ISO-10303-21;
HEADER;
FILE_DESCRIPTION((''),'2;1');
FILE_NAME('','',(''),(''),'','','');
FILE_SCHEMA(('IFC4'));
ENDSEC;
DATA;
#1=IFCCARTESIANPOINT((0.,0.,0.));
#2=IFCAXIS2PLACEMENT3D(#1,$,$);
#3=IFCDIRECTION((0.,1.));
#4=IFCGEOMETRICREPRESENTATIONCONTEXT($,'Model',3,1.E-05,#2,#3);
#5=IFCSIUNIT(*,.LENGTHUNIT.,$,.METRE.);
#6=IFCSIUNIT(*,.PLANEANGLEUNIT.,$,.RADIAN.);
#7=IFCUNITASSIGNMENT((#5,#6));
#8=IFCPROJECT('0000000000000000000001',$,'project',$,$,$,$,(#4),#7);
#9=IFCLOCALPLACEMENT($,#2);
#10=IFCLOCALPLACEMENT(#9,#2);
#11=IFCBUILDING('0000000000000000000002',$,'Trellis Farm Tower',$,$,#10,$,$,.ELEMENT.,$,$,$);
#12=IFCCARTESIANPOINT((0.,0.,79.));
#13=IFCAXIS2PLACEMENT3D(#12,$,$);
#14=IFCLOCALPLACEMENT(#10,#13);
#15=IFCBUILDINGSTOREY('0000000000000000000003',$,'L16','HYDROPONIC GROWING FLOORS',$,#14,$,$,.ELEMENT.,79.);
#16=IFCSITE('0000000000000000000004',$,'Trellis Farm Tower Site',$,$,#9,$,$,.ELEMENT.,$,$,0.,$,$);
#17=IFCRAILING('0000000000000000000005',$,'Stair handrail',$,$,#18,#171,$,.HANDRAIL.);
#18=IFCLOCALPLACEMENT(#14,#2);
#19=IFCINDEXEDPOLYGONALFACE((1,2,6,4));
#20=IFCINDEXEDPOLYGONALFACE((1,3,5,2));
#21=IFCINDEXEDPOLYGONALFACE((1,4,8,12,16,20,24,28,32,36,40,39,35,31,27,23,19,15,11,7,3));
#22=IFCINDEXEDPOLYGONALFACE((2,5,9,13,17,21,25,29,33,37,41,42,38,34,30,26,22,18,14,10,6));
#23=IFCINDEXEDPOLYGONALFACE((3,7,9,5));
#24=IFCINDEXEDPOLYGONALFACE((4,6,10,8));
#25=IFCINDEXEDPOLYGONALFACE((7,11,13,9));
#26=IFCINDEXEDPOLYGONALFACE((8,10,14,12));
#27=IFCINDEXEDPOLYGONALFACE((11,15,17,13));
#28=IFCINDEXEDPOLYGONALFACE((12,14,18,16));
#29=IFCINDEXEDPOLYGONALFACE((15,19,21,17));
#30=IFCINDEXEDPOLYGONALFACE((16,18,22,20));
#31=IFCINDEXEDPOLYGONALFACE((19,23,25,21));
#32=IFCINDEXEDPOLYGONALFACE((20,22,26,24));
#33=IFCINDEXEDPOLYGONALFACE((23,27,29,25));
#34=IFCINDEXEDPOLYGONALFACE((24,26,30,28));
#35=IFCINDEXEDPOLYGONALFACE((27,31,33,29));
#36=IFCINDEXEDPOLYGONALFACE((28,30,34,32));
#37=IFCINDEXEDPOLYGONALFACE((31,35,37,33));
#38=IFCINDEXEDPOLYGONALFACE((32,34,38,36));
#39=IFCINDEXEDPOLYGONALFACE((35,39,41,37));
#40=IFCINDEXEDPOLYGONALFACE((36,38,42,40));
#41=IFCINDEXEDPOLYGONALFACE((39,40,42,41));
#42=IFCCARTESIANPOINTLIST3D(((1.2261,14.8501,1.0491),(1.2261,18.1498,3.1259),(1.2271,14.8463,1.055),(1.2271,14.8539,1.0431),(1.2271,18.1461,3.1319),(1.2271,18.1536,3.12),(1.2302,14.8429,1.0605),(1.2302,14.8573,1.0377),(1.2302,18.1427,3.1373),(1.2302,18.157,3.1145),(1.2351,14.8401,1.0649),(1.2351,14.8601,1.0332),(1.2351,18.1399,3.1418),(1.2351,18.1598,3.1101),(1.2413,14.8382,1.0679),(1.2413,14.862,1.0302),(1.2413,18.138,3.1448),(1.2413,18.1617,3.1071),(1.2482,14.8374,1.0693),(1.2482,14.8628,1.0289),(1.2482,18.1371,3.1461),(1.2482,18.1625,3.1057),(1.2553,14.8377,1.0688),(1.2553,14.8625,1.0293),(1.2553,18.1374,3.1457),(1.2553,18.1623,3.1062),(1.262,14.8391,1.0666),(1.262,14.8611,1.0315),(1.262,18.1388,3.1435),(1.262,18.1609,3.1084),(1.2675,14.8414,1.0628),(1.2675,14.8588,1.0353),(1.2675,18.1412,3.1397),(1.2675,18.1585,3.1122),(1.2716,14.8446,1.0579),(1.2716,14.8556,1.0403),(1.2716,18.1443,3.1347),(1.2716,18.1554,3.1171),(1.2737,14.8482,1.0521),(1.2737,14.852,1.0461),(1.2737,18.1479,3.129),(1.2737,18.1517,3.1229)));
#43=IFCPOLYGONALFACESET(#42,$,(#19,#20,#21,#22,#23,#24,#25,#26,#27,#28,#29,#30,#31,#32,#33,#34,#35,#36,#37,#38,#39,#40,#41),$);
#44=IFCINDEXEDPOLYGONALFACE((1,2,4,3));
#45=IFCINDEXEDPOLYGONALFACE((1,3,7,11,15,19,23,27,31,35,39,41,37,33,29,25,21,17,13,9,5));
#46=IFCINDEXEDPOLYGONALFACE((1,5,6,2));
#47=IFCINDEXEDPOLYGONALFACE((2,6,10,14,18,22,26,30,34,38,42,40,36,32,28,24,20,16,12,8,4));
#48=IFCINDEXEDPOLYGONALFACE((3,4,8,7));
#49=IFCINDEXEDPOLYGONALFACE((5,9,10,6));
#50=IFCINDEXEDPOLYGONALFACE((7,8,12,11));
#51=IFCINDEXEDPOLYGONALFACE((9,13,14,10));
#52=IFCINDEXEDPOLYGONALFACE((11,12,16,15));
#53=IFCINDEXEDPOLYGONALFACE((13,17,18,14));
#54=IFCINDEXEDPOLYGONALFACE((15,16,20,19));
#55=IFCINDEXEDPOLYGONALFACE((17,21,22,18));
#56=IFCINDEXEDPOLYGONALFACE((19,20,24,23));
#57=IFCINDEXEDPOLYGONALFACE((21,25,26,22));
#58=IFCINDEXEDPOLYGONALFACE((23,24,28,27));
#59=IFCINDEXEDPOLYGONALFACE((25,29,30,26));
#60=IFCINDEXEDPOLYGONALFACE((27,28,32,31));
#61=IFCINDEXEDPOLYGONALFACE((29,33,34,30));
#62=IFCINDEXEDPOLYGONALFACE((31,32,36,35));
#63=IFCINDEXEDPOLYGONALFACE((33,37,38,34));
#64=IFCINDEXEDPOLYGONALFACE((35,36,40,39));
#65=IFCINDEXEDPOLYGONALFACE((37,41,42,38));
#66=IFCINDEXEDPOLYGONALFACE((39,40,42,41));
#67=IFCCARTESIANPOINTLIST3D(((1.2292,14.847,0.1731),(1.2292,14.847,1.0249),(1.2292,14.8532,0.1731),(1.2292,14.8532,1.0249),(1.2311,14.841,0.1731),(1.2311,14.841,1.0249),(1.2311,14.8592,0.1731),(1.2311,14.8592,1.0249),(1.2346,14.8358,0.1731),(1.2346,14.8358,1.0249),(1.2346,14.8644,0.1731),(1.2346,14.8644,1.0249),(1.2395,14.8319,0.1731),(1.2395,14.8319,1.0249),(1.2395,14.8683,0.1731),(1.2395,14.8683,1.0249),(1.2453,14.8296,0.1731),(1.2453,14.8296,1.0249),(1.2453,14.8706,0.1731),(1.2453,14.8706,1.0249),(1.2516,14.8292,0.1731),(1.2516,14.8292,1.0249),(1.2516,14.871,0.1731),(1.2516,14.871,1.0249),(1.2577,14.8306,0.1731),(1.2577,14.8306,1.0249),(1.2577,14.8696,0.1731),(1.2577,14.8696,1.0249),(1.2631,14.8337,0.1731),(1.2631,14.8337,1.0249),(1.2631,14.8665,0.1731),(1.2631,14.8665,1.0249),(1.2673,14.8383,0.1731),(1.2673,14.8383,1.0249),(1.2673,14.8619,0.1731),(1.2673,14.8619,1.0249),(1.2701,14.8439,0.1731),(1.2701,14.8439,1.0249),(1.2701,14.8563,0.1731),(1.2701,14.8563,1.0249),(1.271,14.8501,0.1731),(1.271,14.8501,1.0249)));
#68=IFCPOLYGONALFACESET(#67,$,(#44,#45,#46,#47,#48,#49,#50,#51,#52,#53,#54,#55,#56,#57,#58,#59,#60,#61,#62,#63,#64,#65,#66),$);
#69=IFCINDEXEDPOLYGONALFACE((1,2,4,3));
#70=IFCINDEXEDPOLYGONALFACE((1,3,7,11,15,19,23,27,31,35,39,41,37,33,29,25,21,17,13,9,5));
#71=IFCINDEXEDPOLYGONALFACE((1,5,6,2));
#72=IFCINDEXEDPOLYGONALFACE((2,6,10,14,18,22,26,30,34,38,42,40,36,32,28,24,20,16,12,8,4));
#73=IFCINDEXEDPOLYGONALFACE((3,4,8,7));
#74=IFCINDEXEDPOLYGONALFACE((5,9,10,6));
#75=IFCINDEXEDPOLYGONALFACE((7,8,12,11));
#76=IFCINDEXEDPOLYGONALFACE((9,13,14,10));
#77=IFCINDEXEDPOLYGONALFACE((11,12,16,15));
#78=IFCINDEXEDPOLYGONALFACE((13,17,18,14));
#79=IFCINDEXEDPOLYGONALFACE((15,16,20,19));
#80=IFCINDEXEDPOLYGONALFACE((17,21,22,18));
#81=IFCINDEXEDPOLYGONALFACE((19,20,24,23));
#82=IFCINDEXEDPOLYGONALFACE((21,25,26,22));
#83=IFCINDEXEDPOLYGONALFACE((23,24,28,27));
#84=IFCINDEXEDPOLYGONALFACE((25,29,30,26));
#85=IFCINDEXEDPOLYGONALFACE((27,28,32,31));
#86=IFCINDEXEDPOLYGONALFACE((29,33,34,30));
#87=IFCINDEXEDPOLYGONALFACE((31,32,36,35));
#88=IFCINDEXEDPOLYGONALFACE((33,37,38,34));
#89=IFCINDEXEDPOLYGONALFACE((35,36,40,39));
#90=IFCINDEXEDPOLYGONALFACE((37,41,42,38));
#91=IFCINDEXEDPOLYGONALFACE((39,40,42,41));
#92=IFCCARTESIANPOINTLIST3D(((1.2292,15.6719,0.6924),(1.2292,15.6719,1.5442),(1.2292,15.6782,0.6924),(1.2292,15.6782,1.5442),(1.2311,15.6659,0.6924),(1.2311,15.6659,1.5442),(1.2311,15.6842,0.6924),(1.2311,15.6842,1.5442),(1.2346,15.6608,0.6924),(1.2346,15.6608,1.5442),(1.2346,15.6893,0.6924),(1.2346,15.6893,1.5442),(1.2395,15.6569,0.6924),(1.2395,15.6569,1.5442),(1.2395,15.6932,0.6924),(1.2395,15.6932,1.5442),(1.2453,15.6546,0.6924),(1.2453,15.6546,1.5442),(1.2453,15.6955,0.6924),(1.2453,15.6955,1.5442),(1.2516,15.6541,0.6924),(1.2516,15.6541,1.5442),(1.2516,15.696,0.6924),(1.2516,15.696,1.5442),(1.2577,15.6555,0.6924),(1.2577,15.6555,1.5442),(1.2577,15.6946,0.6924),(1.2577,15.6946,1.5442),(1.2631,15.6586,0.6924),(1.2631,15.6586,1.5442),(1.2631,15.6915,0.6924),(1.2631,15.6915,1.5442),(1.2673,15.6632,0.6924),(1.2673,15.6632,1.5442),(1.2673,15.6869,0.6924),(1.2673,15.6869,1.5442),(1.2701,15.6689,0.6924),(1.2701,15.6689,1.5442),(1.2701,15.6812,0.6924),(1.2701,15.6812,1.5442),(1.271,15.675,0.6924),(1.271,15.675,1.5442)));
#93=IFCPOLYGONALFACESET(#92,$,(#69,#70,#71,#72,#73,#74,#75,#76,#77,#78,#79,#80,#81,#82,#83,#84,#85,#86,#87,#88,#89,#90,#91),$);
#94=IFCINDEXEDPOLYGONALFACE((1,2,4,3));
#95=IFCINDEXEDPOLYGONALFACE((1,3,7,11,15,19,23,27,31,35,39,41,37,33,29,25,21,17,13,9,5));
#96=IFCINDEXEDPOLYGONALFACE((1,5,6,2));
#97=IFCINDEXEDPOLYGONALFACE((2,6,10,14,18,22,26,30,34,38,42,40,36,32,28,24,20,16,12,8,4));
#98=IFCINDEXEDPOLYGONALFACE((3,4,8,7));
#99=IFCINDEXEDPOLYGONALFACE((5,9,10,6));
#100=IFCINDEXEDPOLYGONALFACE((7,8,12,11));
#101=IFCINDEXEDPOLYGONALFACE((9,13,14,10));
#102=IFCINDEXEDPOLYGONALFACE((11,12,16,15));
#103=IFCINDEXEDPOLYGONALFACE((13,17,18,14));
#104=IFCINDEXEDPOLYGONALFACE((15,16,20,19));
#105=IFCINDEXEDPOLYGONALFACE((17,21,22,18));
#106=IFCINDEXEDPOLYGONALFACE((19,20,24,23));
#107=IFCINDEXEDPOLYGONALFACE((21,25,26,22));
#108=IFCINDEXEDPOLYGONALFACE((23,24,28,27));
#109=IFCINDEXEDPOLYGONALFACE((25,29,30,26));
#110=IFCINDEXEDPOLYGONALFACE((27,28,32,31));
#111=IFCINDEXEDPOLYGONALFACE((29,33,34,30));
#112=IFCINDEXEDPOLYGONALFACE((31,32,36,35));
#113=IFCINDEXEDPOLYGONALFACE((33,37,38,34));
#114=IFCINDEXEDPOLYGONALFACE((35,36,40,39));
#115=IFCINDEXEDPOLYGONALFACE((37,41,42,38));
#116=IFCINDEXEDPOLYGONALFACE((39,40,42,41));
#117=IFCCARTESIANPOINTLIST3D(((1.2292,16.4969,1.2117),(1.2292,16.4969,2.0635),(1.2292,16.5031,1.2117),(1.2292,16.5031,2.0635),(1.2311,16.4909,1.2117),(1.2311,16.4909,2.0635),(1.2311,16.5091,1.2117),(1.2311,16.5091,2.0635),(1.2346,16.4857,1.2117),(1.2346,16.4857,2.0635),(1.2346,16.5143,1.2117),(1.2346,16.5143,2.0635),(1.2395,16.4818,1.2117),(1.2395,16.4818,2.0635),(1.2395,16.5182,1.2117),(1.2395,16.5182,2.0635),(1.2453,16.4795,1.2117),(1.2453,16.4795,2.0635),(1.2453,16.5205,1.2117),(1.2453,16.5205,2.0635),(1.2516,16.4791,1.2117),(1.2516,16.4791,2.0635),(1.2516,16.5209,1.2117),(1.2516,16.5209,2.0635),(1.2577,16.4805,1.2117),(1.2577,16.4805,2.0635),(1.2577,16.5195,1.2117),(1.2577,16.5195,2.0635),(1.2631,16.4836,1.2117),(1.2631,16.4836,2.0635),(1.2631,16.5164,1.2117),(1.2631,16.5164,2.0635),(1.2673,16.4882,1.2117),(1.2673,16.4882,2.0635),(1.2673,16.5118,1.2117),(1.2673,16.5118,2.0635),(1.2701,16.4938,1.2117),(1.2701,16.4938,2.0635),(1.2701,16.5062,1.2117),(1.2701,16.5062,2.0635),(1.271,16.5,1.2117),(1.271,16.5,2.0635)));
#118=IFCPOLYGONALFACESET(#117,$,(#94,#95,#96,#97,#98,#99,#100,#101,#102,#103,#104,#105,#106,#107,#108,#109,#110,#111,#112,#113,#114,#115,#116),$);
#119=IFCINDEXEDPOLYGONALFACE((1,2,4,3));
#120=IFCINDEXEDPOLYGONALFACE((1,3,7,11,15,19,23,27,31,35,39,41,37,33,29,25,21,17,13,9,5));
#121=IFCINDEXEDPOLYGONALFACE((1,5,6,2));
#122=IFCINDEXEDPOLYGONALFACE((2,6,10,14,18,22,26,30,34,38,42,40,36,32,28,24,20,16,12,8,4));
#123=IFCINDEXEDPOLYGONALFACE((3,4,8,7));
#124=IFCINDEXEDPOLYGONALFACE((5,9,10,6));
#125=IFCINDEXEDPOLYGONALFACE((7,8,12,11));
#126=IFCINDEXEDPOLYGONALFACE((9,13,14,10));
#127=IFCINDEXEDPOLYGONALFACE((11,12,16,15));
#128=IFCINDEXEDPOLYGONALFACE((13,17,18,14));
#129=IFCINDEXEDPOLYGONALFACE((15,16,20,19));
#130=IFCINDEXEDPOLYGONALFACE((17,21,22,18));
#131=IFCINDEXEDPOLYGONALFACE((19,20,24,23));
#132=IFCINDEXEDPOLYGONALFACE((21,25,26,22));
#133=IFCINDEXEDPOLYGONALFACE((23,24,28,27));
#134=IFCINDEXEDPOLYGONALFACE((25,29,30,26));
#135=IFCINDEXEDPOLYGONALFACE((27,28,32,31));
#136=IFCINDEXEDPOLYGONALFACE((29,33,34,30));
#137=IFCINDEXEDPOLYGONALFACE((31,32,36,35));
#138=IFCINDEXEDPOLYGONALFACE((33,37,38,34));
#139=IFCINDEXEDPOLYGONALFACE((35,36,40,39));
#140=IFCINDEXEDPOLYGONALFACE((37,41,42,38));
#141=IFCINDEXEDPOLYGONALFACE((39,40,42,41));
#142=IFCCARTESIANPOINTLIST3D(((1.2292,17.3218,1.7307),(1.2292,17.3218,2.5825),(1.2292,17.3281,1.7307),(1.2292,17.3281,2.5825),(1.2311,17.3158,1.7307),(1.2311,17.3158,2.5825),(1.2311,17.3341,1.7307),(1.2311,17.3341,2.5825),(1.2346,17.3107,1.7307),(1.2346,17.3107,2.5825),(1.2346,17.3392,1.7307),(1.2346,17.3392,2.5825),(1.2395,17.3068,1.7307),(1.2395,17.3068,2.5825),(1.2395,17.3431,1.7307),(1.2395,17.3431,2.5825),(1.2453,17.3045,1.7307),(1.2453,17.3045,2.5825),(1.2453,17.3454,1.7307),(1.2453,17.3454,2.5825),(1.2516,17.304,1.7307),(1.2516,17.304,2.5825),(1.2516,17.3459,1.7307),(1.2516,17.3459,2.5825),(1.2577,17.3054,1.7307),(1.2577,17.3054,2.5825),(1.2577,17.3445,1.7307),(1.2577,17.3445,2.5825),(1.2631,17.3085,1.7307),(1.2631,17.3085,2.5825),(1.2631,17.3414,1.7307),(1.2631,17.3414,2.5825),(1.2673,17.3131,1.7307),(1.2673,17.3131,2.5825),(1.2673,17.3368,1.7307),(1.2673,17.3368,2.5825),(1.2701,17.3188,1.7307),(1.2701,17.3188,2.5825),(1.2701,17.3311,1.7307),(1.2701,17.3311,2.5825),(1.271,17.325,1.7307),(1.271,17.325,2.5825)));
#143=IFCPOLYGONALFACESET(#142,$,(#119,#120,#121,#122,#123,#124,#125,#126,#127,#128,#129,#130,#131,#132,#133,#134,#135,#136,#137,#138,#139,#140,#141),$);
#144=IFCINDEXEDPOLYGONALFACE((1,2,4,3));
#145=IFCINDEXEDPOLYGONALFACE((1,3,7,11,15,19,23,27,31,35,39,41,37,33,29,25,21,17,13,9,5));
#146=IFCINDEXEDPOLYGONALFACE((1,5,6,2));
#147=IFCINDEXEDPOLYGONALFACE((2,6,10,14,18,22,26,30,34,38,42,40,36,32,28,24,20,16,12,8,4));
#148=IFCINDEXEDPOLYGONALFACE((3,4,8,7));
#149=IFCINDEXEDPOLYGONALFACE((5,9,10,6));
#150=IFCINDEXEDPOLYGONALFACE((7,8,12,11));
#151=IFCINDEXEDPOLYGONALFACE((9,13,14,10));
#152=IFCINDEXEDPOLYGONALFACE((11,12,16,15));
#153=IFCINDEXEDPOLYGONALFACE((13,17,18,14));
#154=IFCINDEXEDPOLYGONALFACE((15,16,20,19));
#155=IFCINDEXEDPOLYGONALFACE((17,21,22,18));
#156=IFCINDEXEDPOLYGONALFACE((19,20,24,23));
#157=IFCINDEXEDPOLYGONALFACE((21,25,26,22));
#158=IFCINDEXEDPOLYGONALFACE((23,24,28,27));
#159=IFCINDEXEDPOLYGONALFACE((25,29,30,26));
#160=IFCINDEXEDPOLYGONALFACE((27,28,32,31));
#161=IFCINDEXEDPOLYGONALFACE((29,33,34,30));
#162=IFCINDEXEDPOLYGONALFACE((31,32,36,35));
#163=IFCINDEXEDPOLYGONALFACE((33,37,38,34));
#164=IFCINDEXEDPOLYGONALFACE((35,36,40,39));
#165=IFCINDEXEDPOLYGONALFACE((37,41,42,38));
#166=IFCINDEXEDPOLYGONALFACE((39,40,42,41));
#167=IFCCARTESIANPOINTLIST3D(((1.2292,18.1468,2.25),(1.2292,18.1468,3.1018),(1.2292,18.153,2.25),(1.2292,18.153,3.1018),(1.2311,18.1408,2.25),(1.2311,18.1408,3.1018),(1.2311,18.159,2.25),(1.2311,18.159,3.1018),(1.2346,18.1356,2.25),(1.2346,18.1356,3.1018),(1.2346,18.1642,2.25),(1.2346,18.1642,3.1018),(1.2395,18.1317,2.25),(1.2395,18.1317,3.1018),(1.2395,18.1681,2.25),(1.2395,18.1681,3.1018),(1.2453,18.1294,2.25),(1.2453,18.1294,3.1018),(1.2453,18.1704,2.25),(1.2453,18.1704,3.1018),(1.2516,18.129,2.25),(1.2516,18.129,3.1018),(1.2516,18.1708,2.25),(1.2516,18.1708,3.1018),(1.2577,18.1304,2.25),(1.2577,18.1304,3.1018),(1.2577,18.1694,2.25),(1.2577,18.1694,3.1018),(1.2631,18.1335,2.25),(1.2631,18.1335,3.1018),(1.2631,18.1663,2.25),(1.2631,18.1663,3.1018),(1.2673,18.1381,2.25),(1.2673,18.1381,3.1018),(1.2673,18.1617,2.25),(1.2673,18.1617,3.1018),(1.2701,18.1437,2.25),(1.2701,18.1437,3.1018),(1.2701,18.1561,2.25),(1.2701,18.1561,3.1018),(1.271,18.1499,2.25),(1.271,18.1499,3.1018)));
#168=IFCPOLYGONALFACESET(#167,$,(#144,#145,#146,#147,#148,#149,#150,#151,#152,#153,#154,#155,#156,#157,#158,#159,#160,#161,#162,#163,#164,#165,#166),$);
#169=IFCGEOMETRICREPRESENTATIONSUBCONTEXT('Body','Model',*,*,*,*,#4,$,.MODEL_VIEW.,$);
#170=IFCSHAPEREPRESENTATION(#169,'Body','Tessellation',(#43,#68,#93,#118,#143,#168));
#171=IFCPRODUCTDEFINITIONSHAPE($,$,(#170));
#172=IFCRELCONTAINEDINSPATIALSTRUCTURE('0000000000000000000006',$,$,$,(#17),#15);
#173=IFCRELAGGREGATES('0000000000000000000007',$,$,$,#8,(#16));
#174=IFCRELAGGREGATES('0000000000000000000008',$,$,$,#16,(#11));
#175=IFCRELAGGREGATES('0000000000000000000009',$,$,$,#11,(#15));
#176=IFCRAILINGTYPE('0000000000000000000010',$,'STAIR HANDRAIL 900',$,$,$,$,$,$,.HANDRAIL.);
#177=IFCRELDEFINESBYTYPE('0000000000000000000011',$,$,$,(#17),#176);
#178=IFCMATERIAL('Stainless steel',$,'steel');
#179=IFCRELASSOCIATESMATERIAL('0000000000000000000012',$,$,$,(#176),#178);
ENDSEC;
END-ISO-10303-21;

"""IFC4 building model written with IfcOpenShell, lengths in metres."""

from ifc_helpers import new_model, si_unit, direction, frame, origin, origin_2d, place, context, subcontext, project, spatial, circle, extrude, source, transform, mapped, material, type_object, element, save


model = new_model("IFC4")

# Units and contexts
model_context = context("Model", 3, precision=1e-05, world=origin(), true_north=direction((0.0, 1.0)))
body_context = subcontext(model_context, "Body", "Model", "MODEL_VIEW")
ifc_project = project(units=[si_unit("LENGTHUNIT", "METRE"), si_unit("PLANEANGLEUNIT", "RADIAN")], contexts=[model_context])

# Site, building, storey
site_placement = place(None, origin())
site = spatial("IfcSite", under=ifc_project, at=site_placement, Name="Trellis Farm Tower Site", CompositionType="ELEMENT", RefElevation=0.0)
building_placement = place(site_placement, origin())
building = spatial("IfcBuilding", under=site, at=building_placement, Name="Trellis Farm Tower", CompositionType="ELEMENT")
storey_placement = place(building_placement, frame((0.0, 0.0, 79.0)))
storey = spatial("IfcBuildingStorey", under=building, at=storey_placement, Name="L16", Description="HYDROPONIC GROWING FLOORS", CompositionType="ELEMENT", Elevation=79.0)

# Railing
ifc_material_1 = material(Name="Stainless steel", Category="steel")
railing_type = type_object("IfcRailingType", Name="STAIR HANDRAIL 900", PredefinedType="HANDRAIL", material=ifc_material_1)
shared_shape_1 = source(origin(), body_context, "Body", "SweptSolid", [
    extrude(circle(Radius=0.0239, at=origin_2d()), frame((0.0, 0.0, 0.876), z_axis=(0.0, 0.84632, 0.532675), x_axis=(-1.0, 0.0, 0.0)), (0.0, 0.0, 1.0), 3.8989),
    extrude(circle(Radius=0.021, at=origin_2d()), origin(), (0.0, 0.0, 1.0), 0.8518),
    extrude(circle(Radius=0.021, at=origin_2d()), frame((0.0, 0.825, 0.5193)), (0.0, 0.0, 1.0), 0.8518),
    extrude(circle(Radius=0.021, at=origin_2d()), frame((0.0, 1.6499, 1.0386)), (0.0, 0.0, 1.0), 0.8518),
    extrude(circle(Radius=0.021, at=origin_2d()), frame((0.0, 2.4749, 1.5576)), (0.0, 0.0, 1.0), 0.8518),
    extrude(circle(Radius=0.021, at=origin_2d()), frame((0.0, 3.2998, 2.0769)), (0.0, 0.0, 1.0), 0.8518),
])
railing_placement = place(storey_placement, frame((1.25, 14.8501, 0.1731)))
element("IfcRailing", 1, at=railing_placement, inside=storey, type_object=railing_type, Name="Stair handrail", PredefinedType="HANDRAIL", context=body_context, shape_type="MappedRepresentation", body=[
    mapped(shared_shape_1, transform((0.0, 0.0, 0.0))),
])

save(model, "model.ifc")
